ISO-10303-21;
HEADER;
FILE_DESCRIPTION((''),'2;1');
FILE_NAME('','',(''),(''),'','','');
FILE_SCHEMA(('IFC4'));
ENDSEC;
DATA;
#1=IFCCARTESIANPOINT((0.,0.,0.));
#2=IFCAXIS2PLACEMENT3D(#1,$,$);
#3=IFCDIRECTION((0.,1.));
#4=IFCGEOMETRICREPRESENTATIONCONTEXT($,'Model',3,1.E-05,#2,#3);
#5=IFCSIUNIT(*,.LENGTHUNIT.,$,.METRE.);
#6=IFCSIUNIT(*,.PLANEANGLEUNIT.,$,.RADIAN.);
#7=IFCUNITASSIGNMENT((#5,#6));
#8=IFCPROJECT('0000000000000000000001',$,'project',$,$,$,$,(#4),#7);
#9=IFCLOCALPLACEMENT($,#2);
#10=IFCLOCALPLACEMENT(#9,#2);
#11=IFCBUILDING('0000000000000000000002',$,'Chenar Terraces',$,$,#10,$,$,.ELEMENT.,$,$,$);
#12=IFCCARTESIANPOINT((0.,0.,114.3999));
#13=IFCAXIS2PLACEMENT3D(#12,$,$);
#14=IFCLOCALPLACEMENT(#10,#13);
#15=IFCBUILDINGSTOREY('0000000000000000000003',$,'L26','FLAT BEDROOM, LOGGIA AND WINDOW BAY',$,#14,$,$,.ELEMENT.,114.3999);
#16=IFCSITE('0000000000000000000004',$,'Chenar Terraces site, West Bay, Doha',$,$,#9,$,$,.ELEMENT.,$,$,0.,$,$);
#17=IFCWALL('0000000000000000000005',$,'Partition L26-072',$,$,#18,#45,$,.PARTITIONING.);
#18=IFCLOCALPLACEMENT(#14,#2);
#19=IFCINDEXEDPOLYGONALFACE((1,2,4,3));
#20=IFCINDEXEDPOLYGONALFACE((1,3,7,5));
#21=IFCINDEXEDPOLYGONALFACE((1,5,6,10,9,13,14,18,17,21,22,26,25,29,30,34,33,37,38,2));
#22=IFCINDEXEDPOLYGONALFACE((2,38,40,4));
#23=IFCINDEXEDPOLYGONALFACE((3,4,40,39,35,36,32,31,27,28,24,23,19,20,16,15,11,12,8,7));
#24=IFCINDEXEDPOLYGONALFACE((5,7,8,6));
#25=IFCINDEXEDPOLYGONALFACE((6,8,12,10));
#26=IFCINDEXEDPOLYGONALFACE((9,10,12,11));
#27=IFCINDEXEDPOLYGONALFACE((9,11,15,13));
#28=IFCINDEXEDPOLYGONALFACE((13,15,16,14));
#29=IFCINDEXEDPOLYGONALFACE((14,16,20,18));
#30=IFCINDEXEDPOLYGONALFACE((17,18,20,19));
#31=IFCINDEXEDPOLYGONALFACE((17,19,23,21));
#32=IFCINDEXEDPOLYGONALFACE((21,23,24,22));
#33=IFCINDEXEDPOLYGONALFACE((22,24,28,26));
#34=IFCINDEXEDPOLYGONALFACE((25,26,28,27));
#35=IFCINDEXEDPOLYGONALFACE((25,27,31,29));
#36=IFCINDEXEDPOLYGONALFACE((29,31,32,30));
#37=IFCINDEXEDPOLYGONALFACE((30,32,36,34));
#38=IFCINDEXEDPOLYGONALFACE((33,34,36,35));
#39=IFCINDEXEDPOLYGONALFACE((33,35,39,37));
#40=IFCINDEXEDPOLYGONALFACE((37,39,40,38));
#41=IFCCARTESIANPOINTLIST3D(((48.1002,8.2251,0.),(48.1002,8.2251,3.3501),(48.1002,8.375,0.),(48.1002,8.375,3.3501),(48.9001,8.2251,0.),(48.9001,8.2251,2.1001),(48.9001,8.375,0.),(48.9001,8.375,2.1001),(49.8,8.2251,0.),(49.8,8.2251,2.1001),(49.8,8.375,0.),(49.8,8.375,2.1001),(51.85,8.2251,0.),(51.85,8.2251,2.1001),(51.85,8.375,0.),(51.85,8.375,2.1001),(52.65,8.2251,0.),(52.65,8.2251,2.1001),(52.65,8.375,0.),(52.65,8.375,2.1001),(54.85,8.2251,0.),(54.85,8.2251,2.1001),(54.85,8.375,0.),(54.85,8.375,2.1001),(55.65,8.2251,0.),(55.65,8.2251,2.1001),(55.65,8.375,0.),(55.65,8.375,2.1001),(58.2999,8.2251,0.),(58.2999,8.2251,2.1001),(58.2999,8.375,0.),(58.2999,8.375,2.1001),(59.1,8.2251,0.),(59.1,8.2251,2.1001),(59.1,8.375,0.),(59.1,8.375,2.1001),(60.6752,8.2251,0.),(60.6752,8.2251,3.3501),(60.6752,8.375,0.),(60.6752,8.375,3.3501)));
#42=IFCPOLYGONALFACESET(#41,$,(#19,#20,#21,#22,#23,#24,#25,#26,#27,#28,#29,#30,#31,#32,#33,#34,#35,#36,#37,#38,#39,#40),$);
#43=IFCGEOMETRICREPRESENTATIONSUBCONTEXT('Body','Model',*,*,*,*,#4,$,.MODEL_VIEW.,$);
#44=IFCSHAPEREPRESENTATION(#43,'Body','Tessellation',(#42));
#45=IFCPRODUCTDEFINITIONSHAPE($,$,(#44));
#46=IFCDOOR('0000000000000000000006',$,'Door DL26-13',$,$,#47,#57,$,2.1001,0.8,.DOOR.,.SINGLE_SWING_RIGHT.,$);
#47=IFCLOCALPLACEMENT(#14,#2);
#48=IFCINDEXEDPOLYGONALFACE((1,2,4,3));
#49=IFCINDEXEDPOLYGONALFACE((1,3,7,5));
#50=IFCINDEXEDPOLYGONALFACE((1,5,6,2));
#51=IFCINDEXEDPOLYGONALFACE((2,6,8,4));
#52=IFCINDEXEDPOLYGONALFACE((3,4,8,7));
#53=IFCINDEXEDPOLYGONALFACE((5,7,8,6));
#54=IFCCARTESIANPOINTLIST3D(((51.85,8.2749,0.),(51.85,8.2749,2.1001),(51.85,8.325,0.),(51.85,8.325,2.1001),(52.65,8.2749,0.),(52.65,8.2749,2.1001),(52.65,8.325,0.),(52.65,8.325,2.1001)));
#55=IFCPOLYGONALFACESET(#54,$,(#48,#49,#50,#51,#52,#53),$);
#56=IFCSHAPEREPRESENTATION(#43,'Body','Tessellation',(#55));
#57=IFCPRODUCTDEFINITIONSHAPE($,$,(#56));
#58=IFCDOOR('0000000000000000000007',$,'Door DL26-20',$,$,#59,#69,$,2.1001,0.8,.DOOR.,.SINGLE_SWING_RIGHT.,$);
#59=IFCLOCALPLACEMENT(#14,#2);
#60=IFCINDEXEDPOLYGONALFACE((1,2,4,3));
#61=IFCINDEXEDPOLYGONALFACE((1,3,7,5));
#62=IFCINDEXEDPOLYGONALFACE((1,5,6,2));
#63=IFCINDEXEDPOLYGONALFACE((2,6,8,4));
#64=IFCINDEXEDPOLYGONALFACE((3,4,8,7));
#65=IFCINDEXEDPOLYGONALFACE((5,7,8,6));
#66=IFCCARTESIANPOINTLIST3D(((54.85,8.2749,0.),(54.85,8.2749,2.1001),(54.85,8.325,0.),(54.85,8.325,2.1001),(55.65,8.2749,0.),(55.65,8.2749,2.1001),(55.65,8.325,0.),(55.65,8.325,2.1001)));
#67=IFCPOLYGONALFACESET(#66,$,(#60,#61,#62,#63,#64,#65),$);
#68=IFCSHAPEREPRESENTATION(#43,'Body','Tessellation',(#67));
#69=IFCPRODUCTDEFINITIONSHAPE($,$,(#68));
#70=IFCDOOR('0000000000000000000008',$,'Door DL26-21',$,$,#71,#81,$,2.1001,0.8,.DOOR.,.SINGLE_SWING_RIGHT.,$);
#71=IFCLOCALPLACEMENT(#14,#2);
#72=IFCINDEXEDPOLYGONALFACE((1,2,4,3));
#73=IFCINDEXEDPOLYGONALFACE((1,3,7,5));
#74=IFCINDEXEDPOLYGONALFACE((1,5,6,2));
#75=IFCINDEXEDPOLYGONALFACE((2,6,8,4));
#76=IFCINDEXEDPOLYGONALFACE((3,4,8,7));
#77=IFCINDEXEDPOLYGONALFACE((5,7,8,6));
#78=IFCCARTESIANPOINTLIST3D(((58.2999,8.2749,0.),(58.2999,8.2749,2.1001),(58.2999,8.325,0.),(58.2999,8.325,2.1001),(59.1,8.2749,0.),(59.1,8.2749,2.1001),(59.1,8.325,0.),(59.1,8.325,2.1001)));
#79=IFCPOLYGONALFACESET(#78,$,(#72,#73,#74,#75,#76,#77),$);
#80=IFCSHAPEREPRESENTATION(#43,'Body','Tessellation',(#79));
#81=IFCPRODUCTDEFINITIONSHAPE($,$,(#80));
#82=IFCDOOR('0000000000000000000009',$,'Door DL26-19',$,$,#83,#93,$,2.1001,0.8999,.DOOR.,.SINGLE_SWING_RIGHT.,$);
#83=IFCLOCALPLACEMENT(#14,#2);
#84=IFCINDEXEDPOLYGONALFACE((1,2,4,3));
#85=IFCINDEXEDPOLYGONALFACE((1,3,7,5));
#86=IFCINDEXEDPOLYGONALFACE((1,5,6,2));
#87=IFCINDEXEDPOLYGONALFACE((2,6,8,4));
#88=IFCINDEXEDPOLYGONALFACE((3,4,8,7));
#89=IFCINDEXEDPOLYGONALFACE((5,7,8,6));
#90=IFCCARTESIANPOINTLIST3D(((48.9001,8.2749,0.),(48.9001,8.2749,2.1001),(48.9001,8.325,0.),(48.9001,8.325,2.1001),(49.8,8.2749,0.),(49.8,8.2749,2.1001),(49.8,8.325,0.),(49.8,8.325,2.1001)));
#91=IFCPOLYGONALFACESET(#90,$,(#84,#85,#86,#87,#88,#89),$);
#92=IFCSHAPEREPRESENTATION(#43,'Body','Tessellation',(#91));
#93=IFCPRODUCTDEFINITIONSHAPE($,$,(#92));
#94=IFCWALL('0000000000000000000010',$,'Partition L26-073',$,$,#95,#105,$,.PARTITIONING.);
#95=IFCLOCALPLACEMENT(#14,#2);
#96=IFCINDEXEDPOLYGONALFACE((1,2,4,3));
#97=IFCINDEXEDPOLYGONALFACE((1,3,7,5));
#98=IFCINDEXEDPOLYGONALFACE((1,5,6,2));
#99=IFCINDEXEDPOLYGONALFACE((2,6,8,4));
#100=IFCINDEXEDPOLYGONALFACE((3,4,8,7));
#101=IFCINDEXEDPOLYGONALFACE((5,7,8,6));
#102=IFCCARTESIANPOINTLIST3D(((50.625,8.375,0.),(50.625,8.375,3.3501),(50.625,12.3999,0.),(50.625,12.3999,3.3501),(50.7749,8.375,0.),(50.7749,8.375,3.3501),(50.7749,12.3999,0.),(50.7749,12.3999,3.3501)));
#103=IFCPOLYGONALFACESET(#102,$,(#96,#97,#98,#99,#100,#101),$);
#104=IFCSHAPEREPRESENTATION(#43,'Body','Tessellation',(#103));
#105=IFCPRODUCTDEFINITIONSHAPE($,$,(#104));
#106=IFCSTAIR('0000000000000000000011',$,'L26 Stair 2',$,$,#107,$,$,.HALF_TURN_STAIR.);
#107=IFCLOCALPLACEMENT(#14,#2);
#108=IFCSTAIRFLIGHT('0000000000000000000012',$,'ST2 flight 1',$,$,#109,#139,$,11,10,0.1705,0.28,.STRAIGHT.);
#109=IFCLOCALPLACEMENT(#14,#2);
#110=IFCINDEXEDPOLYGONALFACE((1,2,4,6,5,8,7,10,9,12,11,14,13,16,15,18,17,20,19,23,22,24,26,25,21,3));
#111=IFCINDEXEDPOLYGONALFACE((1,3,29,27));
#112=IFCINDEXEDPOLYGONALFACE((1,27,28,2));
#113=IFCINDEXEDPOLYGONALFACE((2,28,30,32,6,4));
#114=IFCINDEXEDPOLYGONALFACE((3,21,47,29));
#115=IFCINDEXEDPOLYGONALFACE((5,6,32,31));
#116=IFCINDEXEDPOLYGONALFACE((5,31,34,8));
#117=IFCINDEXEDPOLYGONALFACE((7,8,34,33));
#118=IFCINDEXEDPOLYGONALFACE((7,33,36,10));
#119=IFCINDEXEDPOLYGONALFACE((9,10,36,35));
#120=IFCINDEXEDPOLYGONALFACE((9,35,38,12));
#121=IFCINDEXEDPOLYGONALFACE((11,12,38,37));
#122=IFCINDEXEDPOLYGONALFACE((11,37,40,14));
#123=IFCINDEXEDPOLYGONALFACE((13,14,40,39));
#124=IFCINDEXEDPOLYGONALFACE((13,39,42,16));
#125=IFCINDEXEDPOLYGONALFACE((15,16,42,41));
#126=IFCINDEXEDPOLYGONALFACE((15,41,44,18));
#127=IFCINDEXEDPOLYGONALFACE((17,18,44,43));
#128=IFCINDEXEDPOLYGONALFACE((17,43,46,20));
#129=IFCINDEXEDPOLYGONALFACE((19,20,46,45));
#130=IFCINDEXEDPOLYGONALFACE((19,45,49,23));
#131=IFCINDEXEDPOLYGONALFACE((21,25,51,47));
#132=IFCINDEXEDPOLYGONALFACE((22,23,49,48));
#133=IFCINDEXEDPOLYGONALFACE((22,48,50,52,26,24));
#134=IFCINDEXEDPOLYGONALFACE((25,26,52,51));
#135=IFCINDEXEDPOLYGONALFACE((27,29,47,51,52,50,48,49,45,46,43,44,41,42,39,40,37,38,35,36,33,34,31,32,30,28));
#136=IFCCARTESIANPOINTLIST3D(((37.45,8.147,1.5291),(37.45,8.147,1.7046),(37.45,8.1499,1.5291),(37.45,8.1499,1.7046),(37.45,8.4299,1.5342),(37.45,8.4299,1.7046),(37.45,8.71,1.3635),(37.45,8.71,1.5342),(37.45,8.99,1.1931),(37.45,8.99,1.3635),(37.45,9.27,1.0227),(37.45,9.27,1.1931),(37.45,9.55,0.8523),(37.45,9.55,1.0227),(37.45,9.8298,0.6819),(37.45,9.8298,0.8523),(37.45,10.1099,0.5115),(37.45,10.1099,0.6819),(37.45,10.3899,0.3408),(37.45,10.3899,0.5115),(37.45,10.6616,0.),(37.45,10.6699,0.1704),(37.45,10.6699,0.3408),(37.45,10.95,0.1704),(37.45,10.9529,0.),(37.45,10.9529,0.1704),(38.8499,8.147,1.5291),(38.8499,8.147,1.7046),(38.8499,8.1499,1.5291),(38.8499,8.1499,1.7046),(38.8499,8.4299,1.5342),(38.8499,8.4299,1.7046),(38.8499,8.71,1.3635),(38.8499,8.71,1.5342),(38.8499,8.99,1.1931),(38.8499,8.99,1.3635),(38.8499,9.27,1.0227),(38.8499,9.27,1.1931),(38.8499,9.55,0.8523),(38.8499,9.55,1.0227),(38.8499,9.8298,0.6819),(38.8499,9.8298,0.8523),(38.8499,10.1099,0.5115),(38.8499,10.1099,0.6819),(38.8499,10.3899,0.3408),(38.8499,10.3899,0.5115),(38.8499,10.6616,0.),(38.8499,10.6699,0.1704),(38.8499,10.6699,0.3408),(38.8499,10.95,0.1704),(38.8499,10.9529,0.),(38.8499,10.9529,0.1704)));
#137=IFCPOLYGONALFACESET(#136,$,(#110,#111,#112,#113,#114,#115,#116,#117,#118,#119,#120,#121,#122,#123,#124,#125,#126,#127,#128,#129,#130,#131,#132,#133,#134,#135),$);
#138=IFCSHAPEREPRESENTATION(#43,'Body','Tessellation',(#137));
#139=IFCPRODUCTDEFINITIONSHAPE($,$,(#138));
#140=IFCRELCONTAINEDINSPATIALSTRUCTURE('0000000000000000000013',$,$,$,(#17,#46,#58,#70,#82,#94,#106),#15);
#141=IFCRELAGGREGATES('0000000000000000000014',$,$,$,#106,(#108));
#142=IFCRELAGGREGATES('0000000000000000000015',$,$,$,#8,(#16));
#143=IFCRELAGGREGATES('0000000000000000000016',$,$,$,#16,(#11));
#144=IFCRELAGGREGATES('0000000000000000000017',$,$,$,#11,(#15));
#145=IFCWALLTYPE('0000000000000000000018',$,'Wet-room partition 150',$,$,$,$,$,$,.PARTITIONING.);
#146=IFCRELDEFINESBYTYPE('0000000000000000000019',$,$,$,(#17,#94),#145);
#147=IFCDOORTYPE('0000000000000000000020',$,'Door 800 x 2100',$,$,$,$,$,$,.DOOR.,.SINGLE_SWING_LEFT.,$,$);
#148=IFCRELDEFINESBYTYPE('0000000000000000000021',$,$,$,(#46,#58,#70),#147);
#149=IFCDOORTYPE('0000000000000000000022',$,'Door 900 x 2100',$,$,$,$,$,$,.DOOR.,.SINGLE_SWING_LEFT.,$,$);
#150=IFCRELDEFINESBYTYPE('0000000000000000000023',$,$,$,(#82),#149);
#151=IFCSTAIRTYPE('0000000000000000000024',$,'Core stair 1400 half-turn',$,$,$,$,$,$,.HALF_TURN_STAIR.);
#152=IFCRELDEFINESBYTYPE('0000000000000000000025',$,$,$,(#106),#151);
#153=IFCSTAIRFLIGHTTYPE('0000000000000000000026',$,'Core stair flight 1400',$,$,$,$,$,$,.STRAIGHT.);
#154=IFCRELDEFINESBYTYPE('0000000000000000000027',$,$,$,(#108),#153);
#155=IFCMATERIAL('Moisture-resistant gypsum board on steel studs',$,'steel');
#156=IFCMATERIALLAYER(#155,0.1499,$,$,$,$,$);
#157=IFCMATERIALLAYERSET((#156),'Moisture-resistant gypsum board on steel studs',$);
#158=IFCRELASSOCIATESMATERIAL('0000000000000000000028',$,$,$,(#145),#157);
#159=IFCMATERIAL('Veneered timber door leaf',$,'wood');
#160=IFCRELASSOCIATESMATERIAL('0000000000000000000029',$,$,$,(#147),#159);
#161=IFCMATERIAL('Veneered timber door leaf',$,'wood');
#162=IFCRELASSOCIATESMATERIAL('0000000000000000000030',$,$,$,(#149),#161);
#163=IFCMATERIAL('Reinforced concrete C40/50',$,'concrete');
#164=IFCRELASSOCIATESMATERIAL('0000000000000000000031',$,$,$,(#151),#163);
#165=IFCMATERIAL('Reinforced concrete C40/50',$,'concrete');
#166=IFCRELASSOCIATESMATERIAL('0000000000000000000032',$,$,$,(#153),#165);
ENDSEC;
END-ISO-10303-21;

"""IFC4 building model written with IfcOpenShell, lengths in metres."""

from ifc_helpers import new_model, si_unit, direction, frame, frame_2d, origin, place, context, subcontext, project, spatial, polyline, rectangle, outline, extrude, material, layer, layer_set, type_object, element, fill, aggregate, save


model = new_model("IFC4")

# Units and contexts
model_context = context("Model", 3, precision=1e-05, world=origin(), true_north=direction((0.0, 1.0)))
body_context = subcontext(model_context, "Body", "Model", "MODEL_VIEW")
ifc_project = project(units=[si_unit("LENGTHUNIT", "METRE"), si_unit("PLANEANGLEUNIT", "RADIAN")], contexts=[model_context])

# Site, building, storey
site_placement = place(None, origin())
site = spatial("IfcSite", under=ifc_project, at=site_placement, Name="Chenar Terraces site, West Bay, Doha", CompositionType="ELEMENT", RefElevation=0.0)
building_placement = place(site_placement, origin())
building = spatial("IfcBuilding", under=site, at=building_placement, Name="Chenar Terraces", CompositionType="ELEMENT")
storey_placement = place(building_placement, frame((0.0, 0.0, 114.3999)))
storey = spatial("IfcBuildingStorey", under=building, at=storey_placement, Name="L26", Description="FLAT BEDROOM, LOGGIA AND WINDOW BAY", CompositionType="ELEMENT", Elevation=114.3999)

# Shared definitions
ifc_material_1 = material(Name="Moisture-resistant gypsum board on steel studs", Category="steel")
ifc_layer_1 = layer(ifc_material_1, 0.1499)
ifc_layer_set_1 = layer_set([ifc_layer_1], Name="Moisture-resistant gypsum board on steel studs")
wall_type_1 = type_object("IfcWallType", Name="Wet-room partition 150", PredefinedType="PARTITIONING", material=ifc_layer_set_1)

# Wall, openings, doors
ifc_material_2 = material(Name="Veneered timber door leaf", Category="wood")
door_type_1 = type_object("IfcDoorType", Name="Door 800 x 2100", OperationType="SINGLE_SWING_LEFT", PredefinedType="DOOR", material=ifc_material_2)
ifc_material_3 = material(Name="Veneered timber door leaf", Category="wood")
door_type_2 = type_object("IfcDoorType", Name="Door 900 x 2100", OperationType="SINGLE_SWING_LEFT", PredefinedType="DOOR", material=ifc_material_3)
wall_1_placement = place(storey_placement, frame((48.1001, 8.3, 0.0), z_axis=(0.0, 0.0, 1.0), x_axis=(1.0, 0.0, 0.0)))
wall_1 = element("IfcWall", 1, at=wall_1_placement, inside=storey, type_object=wall_type_1, Name="Partition L26-072", PredefinedType="PARTITIONING", context=body_context, shape_type="SweptSolid", body=[
    extrude(rectangle(XDim=12.575, YDim=0.1499, at=frame_2d((6.2876, 0.0))), origin(), (0.0, 0.0, 1.0), 3.3501),
])
opening_1_placement = place(wall_1_placement, frame((3.75, 0.0, 0.0)))
opening_1 = element("IfcOpeningElement", 2, at=opening_1_placement, cuts=wall_1, PredefinedType="OPENING", context=body_context, shape_type="SweptSolid", body=[
    extrude(rectangle(XDim=0.8, YDim=2.1001, at=frame_2d((0.3999, 1.05))), frame((0.0, 0.085, 0.0), z_axis=(0.0, -1.0, 0.0), x_axis=(1.0, 0.0, 0.0)), (0.0, 0.0, 1.0), 0.1699),
])
opening_2_placement = place(wall_1_placement, frame((0.8, 0.0, 0.0)))
opening_2 = element("IfcOpeningElement", 3, at=opening_2_placement, cuts=wall_1, PredefinedType="OPENING", context=body_context, shape_type="SweptSolid", body=[
    extrude(rectangle(XDim=0.8999, YDim=2.1001, at=frame_2d((0.45, 1.05))), frame((0.0, 0.085, 0.0), z_axis=(0.0, -1.0, 0.0), x_axis=(1.0, 0.0, 0.0)), (0.0, 0.0, 1.0), 0.1699),
])
opening_3_placement = place(wall_1_placement, frame((6.75, 0.0, 0.0)))
opening_3 = element("IfcOpeningElement", 4, at=opening_3_placement, cuts=wall_1, PredefinedType="OPENING", context=body_context, shape_type="SweptSolid", body=[
    extrude(rectangle(XDim=0.8, YDim=2.1001, at=frame_2d((0.3999, 1.05))), frame((0.0, 0.085, 0.0), z_axis=(0.0, -1.0, 0.0), x_axis=(1.0, 0.0, 0.0)), (0.0, 0.0, 1.0), 0.1699),
])
opening_4_placement = place(wall_1_placement, frame((10.2, 0.0, 0.0)))
opening_4 = element("IfcOpeningElement", 5, at=opening_4_placement, cuts=wall_1, PredefinedType="OPENING", context=body_context, shape_type="SweptSolid", body=[
    extrude(rectangle(XDim=0.8, YDim=2.1001, at=frame_2d((0.3999, 1.05))), frame((0.0, 0.085, 0.0), z_axis=(0.0, -1.0, 0.0), x_axis=(1.0, 0.0, 0.0)), (0.0, 0.0, 1.0), 0.1699),
])
door_1_placement = place(opening_1_placement, origin())
door_1 = element("IfcDoor", 6, at=door_1_placement, inside=storey, type_object=door_type_1, Name="Door DL26-13", OperationType="SINGLE_SWING_RIGHT", OverallHeight=2.1001, OverallWidth=0.8, PredefinedType="DOOR", context=body_context, shape_type="SweptSolid", body=[
    extrude(rectangle(XDim=0.8, YDim=2.1001, at=frame_2d((0.3999, 1.05))), frame((0.0, 0.0249, 0.0), z_axis=(0.0, -1.0, 0.0), x_axis=(1.0, 0.0, 0.0)), (0.0, 0.0, 1.0), 0.05),
])
fill(opening_1, door_1)
door_2_placement = place(opening_3_placement, origin())
door_2 = element("IfcDoor", 7, at=door_2_placement, inside=storey, type_object=door_type_1, Name="Door DL26-20", OperationType="SINGLE_SWING_RIGHT", OverallHeight=2.1001, OverallWidth=0.8, PredefinedType="DOOR", context=body_context, shape_type="SweptSolid", body=[
    extrude(rectangle(XDim=0.8, YDim=2.1001, at=frame_2d((0.3999, 1.05))), frame((0.0, 0.0249, 0.0), z_axis=(0.0, -1.0, 0.0), x_axis=(1.0, 0.0, 0.0)), (0.0, 0.0, 1.0), 0.05),
])
fill(opening_3, door_2)
door_3_placement = place(opening_4_placement, origin())
door_3 = element("IfcDoor", 8, at=door_3_placement, inside=storey, type_object=door_type_1, Name="Door DL26-21", OperationType="SINGLE_SWING_RIGHT", OverallHeight=2.1001, OverallWidth=0.8, PredefinedType="DOOR", context=body_context, shape_type="SweptSolid", body=[
    extrude(rectangle(XDim=0.8, YDim=2.1001, at=frame_2d((0.3999, 1.05))), frame((0.0, 0.0249, 0.0), z_axis=(0.0, -1.0, 0.0), x_axis=(1.0, 0.0, 0.0)), (0.0, 0.0, 1.0), 0.05),
])
fill(opening_4, door_3)
door_4_placement = place(opening_2_placement, origin())
door_4 = element("IfcDoor", 9, at=door_4_placement, inside=storey, type_object=door_type_2, Name="Door DL26-19", OperationType="SINGLE_SWING_RIGHT", OverallHeight=2.1001, OverallWidth=0.8999, PredefinedType="DOOR", context=body_context, shape_type="SweptSolid", body=[
    extrude(rectangle(XDim=0.8999, YDim=2.1001, at=frame_2d((0.45, 1.05))), frame((0.0, 0.0249, 0.0), z_axis=(0.0, -1.0, 0.0), x_axis=(1.0, 0.0, 0.0)), (0.0, 0.0, 1.0), 0.05),
])
fill(opening_2, door_4)

# Wall
wall_2_placement = place(storey_placement, frame((50.7, 8.375, 0.0), z_axis=(0.0, 0.0, 1.0), x_axis=(0.0, 1.0, 0.0)))
element("IfcWall", 10, at=wall_2_placement, inside=storey, type_object=wall_type_1, Name="Partition L26-073", PredefinedType="PARTITIONING", context=body_context, shape_type="SweptSolid", body=[
    extrude(rectangle(XDim=4.0249, YDim=0.1499, at=frame_2d((2.0125, 0.0))), origin(), (0.0, 0.0, 1.0), 3.3501),
])

# Stair, stair flight
ifc_material_4 = material(Name="Reinforced concrete C40/50", Category="concrete")
stair_type = type_object("IfcStairType", Name="Core stair 1400 half-turn", PredefinedType="HALF_TURN_STAIR", material=ifc_material_4)
stair_placement = place(storey_placement, origin())
stair = element("IfcStair", 11, at=stair_placement, inside=storey, type_object=stair_type, Name="L26 Stair 2", PredefinedType="HALF_TURN_STAIR")
ifc_material_5 = material(Name="Reinforced concrete C40/50", Category="concrete")
stair_flight_type = type_object("IfcStairFlightType", Name="Core stair flight 1400", PredefinedType="STRAIGHT", material=ifc_material_5)
stair_flight_1_placement = place(storey_placement, frame((38.1499, 10.95, 0.0), z_axis=(0.0, 0.0, 1.0), x_axis=(0.0, -1.0, 0.0)))
stair_flight_1 = element("IfcStairFlight", 12, at=stair_flight_1_placement, type_object=stair_flight_type, Name="ST2 flight 1", NumberOfRisers=11, NumberOfTreads=10, PredefinedType="STRAIGHT", RiserHeight=0.1705, TreadLength=0.28, context=body_context, shape_type="SweptSolid", body=[
    extrude(outline(polyline([(-0.0029, 0.0), (-0.0029, 0.1704), (0.0, 0.1704), (0.28, 0.1704), (0.28, 0.3408), (0.5601, 0.3408), (0.5601, 0.5115), (0.8401, 0.5115), (0.8401, 0.6819), (1.1201, 0.6819), (1.1201, 0.8523), (1.3999, 0.8523), (1.3999, 1.0227), (1.6799, 1.0227), (1.6799, 1.1931), (1.96, 1.1931), (1.96, 1.3635), (2.24, 1.3635), (2.24, 1.5342), (2.52, 1.5342), (2.52, 1.7046), (2.8, 1.7046), (2.803, 1.7046), (2.803, 1.5291), (2.8, 1.5291), (0.2883, 0.0), (-0.0029, 0.0)])), frame((0.0, 0.7, 0.0), z_axis=(0.0, -1.0, 0.0), x_axis=(1.0, 0.0, 0.0)), (0.0, 0.0, 1.0), 1.3999),
])
aggregate(stair, [stair_flight_1])

save(model, "model.ifc")
